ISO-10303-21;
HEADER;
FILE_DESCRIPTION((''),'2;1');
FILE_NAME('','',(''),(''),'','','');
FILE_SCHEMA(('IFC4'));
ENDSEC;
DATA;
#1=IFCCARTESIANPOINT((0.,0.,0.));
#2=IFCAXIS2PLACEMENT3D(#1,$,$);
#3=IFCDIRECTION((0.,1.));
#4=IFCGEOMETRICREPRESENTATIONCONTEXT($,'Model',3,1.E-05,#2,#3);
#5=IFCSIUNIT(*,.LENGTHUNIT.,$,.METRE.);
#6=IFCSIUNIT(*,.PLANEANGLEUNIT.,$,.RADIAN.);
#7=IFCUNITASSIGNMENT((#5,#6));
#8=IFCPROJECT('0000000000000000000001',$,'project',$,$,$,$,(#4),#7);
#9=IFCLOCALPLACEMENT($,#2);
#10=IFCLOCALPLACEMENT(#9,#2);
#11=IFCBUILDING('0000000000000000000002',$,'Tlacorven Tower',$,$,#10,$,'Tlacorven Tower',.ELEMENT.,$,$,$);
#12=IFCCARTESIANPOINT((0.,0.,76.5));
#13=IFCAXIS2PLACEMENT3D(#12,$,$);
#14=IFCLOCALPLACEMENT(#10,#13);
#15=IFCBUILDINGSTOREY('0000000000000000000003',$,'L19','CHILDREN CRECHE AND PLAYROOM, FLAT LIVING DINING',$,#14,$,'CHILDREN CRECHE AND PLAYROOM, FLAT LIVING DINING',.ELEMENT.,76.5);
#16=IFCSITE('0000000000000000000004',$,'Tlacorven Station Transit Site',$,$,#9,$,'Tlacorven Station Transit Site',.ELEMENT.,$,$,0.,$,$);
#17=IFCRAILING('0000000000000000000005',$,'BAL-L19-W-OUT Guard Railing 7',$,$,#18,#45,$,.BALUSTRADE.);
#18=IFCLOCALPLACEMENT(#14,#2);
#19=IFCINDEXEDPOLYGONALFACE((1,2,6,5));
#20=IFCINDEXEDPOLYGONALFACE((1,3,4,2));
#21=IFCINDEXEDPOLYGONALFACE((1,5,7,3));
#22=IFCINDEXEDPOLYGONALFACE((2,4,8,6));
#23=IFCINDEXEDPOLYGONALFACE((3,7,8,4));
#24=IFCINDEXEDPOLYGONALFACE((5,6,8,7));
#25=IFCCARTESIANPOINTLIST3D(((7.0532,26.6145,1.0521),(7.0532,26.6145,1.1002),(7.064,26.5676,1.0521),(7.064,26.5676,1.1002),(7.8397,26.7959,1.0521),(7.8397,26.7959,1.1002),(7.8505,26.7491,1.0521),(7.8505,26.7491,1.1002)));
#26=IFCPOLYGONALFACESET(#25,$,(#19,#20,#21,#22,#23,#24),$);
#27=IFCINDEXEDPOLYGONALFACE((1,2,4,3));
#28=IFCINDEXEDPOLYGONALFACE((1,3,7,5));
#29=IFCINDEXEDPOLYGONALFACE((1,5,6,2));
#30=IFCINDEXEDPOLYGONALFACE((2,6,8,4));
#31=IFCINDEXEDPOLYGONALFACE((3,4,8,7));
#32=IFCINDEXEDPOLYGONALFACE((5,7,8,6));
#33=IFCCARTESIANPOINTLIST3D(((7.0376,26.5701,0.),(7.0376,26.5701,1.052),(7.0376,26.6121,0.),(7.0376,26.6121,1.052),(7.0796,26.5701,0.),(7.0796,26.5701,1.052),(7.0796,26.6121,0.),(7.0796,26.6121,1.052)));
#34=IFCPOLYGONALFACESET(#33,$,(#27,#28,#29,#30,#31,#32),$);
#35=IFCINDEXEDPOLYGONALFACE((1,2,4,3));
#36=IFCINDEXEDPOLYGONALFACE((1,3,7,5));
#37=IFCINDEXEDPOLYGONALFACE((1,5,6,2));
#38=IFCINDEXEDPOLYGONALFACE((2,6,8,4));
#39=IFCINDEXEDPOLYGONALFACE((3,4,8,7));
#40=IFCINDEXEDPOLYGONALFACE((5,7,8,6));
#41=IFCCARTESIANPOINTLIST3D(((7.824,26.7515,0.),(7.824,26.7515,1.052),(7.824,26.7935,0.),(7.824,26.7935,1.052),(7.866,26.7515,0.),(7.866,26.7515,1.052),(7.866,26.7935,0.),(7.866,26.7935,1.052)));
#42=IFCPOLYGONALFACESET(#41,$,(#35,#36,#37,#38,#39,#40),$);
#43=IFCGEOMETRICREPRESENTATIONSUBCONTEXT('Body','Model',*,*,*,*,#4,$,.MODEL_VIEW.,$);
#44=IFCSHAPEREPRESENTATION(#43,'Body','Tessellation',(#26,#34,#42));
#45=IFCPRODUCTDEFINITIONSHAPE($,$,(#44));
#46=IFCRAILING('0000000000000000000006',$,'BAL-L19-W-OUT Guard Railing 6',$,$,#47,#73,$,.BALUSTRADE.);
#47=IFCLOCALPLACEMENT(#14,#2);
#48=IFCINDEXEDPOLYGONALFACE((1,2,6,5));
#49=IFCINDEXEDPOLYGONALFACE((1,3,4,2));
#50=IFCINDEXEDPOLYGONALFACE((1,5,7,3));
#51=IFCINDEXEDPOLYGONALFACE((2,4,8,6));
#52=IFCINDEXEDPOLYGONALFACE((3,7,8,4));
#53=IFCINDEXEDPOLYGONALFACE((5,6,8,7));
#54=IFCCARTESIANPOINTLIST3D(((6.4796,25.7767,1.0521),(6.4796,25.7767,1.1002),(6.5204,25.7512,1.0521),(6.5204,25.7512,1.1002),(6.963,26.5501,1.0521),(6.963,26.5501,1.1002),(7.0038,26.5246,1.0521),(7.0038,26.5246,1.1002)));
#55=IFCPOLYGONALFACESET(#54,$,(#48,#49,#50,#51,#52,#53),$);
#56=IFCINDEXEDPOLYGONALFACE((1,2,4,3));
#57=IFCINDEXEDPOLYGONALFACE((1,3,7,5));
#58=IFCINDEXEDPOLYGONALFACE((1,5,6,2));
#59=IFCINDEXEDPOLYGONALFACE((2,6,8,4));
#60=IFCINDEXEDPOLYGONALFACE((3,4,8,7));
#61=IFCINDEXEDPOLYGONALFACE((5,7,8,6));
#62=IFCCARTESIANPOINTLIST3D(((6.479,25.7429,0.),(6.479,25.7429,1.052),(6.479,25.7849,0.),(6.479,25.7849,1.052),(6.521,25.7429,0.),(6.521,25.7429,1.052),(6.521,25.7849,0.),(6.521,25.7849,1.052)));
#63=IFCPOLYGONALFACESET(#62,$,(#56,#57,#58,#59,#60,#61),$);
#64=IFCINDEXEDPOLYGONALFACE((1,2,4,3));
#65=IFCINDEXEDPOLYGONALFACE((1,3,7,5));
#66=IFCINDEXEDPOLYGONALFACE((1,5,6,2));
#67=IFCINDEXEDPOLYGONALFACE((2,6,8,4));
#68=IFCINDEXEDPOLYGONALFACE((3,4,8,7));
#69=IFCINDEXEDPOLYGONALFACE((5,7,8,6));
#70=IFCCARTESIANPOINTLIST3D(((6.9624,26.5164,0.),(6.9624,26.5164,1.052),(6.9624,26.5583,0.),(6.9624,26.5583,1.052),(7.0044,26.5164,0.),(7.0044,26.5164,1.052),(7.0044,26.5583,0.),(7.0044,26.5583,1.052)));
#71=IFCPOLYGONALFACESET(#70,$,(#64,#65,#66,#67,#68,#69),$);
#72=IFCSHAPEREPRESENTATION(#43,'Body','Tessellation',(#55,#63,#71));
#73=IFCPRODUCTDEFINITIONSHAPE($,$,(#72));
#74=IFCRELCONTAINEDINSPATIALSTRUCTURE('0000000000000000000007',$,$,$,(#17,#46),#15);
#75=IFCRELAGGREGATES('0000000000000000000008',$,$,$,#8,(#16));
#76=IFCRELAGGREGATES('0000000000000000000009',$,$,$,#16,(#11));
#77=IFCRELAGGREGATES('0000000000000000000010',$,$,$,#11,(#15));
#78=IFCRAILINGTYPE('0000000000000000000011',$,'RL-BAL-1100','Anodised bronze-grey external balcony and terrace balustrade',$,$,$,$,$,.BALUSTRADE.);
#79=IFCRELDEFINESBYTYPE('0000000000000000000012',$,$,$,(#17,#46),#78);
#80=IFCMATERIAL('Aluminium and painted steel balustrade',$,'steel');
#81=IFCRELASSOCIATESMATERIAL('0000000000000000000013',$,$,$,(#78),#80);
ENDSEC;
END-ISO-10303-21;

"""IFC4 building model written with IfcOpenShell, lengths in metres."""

from ifc_helpers import new_model, si_unit, direction, frame, origin, origin_2d, place, context, subcontext, project, spatial, rectangle, extrude, source, transform, mapped, material, type_object, element, save


model = new_model("IFC4")

# Units and contexts
model_context = context("Model", 3, precision=1e-05, world=origin(), true_north=direction((0.0, 1.0)))
body_context = subcontext(model_context, "Body", "Model", "MODEL_VIEW")
ifc_project = project(units=[si_unit("LENGTHUNIT", "METRE"), si_unit("PLANEANGLEUNIT", "RADIAN")], contexts=[model_context])

# Site, building, storey
site_placement = place(None, origin())
site = spatial("IfcSite", under=ifc_project, at=site_placement, Name="Tlacorven Station Transit Site", LongName="Tlacorven Station Transit Site", CompositionType="ELEMENT", RefElevation=0.0)
building_placement = place(site_placement, origin())
building = spatial("IfcBuilding", under=site, at=building_placement, Name="Tlacorven Tower", LongName="Tlacorven Tower", CompositionType="ELEMENT")
storey_placement = place(building_placement, frame((0.0, 0.0, 76.5)))
storey = spatial("IfcBuildingStorey", under=building, at=storey_placement, Name="L19", Description="CHILDREN CRECHE AND PLAYROOM, FLAT LIVING DINING", LongName="CHILDREN CRECHE AND PLAYROOM, FLAT LIVING DINING", CompositionType="ELEMENT", Elevation=76.5)

# Railings
ifc_material_1 = material(Name="Aluminium and painted steel balustrade", Category="steel")
railing_type = type_object("IfcRailingType", Name="RL-BAL-1100", Description="Anodised bronze-grey external balcony and terrace balustrade", PredefinedType="BALUSTRADE", material=ifc_material_1)
shared_shape_1 = source(origin(), body_context, "Body", "SweptSolid", [
    extrude(rectangle(XDim=0.0481, YDim=0.0481, at=origin_2d()), frame((0.0, 0.0, 1.0762), z_axis=(0.974412, 0.224771, 0.0), x_axis=(-0.224771, 0.974412, 0.0)), (0.0, 0.0, 1.0), 0.8071),
    extrude(rectangle(XDim=0.042, YDim=0.042, at=origin_2d()), origin(), (0.0, 0.0, 1.0), 1.052),
    extrude(rectangle(XDim=0.042, YDim=0.042, at=origin_2d()), frame((0.7864, 0.1814, 0.0)), (0.0, 0.0, 1.0), 1.052),
])
railing_1_placement = place(storey_placement, frame((7.0586, 26.5911, 0.0)))
element("IfcRailing", 1, at=railing_1_placement, inside=storey, type_object=railing_type, Name="BAL-L19-W-OUT Guard Railing 7", PredefinedType="BALUSTRADE", context=body_context, shape_type="MappedRepresentation", body=[
    mapped(shared_shape_1, transform((0.0, 0.0, 0.0), scale=1.0)),
])
shared_shape_2 = source(origin(), body_context, "Body", "SweptSolid", [
    extrude(rectangle(XDim=0.0481, YDim=0.0481, at=origin_2d()), frame((0.0, 0.0, 1.0762), z_axis=(0.529999, 0.847998, 0.0), x_axis=(-0.847998, 0.529999, 0.0)), (0.0, 0.0, 1.0), 0.9121),
    extrude(rectangle(XDim=0.042, YDim=0.042, at=origin_2d()), origin(), (0.0, 0.0, 1.0), 1.052),
    extrude(rectangle(XDim=0.042, YDim=0.042, at=origin_2d()), frame((0.4834, 0.7734, 0.0)), (0.0, 0.0, 1.0), 1.052),
])
railing_2_placement = place(storey_placement, frame((6.5, 25.7639, 0.0)))
element("IfcRailing", 2, at=railing_2_placement, inside=storey, type_object=railing_type, Name="BAL-L19-W-OUT Guard Railing 6", PredefinedType="BALUSTRADE", context=body_context, shape_type="MappedRepresentation", body=[
    mapped(shared_shape_2, transform((0.0, 0.0, 0.0), scale=1.0)),
])

save(model, "model.ifc")
